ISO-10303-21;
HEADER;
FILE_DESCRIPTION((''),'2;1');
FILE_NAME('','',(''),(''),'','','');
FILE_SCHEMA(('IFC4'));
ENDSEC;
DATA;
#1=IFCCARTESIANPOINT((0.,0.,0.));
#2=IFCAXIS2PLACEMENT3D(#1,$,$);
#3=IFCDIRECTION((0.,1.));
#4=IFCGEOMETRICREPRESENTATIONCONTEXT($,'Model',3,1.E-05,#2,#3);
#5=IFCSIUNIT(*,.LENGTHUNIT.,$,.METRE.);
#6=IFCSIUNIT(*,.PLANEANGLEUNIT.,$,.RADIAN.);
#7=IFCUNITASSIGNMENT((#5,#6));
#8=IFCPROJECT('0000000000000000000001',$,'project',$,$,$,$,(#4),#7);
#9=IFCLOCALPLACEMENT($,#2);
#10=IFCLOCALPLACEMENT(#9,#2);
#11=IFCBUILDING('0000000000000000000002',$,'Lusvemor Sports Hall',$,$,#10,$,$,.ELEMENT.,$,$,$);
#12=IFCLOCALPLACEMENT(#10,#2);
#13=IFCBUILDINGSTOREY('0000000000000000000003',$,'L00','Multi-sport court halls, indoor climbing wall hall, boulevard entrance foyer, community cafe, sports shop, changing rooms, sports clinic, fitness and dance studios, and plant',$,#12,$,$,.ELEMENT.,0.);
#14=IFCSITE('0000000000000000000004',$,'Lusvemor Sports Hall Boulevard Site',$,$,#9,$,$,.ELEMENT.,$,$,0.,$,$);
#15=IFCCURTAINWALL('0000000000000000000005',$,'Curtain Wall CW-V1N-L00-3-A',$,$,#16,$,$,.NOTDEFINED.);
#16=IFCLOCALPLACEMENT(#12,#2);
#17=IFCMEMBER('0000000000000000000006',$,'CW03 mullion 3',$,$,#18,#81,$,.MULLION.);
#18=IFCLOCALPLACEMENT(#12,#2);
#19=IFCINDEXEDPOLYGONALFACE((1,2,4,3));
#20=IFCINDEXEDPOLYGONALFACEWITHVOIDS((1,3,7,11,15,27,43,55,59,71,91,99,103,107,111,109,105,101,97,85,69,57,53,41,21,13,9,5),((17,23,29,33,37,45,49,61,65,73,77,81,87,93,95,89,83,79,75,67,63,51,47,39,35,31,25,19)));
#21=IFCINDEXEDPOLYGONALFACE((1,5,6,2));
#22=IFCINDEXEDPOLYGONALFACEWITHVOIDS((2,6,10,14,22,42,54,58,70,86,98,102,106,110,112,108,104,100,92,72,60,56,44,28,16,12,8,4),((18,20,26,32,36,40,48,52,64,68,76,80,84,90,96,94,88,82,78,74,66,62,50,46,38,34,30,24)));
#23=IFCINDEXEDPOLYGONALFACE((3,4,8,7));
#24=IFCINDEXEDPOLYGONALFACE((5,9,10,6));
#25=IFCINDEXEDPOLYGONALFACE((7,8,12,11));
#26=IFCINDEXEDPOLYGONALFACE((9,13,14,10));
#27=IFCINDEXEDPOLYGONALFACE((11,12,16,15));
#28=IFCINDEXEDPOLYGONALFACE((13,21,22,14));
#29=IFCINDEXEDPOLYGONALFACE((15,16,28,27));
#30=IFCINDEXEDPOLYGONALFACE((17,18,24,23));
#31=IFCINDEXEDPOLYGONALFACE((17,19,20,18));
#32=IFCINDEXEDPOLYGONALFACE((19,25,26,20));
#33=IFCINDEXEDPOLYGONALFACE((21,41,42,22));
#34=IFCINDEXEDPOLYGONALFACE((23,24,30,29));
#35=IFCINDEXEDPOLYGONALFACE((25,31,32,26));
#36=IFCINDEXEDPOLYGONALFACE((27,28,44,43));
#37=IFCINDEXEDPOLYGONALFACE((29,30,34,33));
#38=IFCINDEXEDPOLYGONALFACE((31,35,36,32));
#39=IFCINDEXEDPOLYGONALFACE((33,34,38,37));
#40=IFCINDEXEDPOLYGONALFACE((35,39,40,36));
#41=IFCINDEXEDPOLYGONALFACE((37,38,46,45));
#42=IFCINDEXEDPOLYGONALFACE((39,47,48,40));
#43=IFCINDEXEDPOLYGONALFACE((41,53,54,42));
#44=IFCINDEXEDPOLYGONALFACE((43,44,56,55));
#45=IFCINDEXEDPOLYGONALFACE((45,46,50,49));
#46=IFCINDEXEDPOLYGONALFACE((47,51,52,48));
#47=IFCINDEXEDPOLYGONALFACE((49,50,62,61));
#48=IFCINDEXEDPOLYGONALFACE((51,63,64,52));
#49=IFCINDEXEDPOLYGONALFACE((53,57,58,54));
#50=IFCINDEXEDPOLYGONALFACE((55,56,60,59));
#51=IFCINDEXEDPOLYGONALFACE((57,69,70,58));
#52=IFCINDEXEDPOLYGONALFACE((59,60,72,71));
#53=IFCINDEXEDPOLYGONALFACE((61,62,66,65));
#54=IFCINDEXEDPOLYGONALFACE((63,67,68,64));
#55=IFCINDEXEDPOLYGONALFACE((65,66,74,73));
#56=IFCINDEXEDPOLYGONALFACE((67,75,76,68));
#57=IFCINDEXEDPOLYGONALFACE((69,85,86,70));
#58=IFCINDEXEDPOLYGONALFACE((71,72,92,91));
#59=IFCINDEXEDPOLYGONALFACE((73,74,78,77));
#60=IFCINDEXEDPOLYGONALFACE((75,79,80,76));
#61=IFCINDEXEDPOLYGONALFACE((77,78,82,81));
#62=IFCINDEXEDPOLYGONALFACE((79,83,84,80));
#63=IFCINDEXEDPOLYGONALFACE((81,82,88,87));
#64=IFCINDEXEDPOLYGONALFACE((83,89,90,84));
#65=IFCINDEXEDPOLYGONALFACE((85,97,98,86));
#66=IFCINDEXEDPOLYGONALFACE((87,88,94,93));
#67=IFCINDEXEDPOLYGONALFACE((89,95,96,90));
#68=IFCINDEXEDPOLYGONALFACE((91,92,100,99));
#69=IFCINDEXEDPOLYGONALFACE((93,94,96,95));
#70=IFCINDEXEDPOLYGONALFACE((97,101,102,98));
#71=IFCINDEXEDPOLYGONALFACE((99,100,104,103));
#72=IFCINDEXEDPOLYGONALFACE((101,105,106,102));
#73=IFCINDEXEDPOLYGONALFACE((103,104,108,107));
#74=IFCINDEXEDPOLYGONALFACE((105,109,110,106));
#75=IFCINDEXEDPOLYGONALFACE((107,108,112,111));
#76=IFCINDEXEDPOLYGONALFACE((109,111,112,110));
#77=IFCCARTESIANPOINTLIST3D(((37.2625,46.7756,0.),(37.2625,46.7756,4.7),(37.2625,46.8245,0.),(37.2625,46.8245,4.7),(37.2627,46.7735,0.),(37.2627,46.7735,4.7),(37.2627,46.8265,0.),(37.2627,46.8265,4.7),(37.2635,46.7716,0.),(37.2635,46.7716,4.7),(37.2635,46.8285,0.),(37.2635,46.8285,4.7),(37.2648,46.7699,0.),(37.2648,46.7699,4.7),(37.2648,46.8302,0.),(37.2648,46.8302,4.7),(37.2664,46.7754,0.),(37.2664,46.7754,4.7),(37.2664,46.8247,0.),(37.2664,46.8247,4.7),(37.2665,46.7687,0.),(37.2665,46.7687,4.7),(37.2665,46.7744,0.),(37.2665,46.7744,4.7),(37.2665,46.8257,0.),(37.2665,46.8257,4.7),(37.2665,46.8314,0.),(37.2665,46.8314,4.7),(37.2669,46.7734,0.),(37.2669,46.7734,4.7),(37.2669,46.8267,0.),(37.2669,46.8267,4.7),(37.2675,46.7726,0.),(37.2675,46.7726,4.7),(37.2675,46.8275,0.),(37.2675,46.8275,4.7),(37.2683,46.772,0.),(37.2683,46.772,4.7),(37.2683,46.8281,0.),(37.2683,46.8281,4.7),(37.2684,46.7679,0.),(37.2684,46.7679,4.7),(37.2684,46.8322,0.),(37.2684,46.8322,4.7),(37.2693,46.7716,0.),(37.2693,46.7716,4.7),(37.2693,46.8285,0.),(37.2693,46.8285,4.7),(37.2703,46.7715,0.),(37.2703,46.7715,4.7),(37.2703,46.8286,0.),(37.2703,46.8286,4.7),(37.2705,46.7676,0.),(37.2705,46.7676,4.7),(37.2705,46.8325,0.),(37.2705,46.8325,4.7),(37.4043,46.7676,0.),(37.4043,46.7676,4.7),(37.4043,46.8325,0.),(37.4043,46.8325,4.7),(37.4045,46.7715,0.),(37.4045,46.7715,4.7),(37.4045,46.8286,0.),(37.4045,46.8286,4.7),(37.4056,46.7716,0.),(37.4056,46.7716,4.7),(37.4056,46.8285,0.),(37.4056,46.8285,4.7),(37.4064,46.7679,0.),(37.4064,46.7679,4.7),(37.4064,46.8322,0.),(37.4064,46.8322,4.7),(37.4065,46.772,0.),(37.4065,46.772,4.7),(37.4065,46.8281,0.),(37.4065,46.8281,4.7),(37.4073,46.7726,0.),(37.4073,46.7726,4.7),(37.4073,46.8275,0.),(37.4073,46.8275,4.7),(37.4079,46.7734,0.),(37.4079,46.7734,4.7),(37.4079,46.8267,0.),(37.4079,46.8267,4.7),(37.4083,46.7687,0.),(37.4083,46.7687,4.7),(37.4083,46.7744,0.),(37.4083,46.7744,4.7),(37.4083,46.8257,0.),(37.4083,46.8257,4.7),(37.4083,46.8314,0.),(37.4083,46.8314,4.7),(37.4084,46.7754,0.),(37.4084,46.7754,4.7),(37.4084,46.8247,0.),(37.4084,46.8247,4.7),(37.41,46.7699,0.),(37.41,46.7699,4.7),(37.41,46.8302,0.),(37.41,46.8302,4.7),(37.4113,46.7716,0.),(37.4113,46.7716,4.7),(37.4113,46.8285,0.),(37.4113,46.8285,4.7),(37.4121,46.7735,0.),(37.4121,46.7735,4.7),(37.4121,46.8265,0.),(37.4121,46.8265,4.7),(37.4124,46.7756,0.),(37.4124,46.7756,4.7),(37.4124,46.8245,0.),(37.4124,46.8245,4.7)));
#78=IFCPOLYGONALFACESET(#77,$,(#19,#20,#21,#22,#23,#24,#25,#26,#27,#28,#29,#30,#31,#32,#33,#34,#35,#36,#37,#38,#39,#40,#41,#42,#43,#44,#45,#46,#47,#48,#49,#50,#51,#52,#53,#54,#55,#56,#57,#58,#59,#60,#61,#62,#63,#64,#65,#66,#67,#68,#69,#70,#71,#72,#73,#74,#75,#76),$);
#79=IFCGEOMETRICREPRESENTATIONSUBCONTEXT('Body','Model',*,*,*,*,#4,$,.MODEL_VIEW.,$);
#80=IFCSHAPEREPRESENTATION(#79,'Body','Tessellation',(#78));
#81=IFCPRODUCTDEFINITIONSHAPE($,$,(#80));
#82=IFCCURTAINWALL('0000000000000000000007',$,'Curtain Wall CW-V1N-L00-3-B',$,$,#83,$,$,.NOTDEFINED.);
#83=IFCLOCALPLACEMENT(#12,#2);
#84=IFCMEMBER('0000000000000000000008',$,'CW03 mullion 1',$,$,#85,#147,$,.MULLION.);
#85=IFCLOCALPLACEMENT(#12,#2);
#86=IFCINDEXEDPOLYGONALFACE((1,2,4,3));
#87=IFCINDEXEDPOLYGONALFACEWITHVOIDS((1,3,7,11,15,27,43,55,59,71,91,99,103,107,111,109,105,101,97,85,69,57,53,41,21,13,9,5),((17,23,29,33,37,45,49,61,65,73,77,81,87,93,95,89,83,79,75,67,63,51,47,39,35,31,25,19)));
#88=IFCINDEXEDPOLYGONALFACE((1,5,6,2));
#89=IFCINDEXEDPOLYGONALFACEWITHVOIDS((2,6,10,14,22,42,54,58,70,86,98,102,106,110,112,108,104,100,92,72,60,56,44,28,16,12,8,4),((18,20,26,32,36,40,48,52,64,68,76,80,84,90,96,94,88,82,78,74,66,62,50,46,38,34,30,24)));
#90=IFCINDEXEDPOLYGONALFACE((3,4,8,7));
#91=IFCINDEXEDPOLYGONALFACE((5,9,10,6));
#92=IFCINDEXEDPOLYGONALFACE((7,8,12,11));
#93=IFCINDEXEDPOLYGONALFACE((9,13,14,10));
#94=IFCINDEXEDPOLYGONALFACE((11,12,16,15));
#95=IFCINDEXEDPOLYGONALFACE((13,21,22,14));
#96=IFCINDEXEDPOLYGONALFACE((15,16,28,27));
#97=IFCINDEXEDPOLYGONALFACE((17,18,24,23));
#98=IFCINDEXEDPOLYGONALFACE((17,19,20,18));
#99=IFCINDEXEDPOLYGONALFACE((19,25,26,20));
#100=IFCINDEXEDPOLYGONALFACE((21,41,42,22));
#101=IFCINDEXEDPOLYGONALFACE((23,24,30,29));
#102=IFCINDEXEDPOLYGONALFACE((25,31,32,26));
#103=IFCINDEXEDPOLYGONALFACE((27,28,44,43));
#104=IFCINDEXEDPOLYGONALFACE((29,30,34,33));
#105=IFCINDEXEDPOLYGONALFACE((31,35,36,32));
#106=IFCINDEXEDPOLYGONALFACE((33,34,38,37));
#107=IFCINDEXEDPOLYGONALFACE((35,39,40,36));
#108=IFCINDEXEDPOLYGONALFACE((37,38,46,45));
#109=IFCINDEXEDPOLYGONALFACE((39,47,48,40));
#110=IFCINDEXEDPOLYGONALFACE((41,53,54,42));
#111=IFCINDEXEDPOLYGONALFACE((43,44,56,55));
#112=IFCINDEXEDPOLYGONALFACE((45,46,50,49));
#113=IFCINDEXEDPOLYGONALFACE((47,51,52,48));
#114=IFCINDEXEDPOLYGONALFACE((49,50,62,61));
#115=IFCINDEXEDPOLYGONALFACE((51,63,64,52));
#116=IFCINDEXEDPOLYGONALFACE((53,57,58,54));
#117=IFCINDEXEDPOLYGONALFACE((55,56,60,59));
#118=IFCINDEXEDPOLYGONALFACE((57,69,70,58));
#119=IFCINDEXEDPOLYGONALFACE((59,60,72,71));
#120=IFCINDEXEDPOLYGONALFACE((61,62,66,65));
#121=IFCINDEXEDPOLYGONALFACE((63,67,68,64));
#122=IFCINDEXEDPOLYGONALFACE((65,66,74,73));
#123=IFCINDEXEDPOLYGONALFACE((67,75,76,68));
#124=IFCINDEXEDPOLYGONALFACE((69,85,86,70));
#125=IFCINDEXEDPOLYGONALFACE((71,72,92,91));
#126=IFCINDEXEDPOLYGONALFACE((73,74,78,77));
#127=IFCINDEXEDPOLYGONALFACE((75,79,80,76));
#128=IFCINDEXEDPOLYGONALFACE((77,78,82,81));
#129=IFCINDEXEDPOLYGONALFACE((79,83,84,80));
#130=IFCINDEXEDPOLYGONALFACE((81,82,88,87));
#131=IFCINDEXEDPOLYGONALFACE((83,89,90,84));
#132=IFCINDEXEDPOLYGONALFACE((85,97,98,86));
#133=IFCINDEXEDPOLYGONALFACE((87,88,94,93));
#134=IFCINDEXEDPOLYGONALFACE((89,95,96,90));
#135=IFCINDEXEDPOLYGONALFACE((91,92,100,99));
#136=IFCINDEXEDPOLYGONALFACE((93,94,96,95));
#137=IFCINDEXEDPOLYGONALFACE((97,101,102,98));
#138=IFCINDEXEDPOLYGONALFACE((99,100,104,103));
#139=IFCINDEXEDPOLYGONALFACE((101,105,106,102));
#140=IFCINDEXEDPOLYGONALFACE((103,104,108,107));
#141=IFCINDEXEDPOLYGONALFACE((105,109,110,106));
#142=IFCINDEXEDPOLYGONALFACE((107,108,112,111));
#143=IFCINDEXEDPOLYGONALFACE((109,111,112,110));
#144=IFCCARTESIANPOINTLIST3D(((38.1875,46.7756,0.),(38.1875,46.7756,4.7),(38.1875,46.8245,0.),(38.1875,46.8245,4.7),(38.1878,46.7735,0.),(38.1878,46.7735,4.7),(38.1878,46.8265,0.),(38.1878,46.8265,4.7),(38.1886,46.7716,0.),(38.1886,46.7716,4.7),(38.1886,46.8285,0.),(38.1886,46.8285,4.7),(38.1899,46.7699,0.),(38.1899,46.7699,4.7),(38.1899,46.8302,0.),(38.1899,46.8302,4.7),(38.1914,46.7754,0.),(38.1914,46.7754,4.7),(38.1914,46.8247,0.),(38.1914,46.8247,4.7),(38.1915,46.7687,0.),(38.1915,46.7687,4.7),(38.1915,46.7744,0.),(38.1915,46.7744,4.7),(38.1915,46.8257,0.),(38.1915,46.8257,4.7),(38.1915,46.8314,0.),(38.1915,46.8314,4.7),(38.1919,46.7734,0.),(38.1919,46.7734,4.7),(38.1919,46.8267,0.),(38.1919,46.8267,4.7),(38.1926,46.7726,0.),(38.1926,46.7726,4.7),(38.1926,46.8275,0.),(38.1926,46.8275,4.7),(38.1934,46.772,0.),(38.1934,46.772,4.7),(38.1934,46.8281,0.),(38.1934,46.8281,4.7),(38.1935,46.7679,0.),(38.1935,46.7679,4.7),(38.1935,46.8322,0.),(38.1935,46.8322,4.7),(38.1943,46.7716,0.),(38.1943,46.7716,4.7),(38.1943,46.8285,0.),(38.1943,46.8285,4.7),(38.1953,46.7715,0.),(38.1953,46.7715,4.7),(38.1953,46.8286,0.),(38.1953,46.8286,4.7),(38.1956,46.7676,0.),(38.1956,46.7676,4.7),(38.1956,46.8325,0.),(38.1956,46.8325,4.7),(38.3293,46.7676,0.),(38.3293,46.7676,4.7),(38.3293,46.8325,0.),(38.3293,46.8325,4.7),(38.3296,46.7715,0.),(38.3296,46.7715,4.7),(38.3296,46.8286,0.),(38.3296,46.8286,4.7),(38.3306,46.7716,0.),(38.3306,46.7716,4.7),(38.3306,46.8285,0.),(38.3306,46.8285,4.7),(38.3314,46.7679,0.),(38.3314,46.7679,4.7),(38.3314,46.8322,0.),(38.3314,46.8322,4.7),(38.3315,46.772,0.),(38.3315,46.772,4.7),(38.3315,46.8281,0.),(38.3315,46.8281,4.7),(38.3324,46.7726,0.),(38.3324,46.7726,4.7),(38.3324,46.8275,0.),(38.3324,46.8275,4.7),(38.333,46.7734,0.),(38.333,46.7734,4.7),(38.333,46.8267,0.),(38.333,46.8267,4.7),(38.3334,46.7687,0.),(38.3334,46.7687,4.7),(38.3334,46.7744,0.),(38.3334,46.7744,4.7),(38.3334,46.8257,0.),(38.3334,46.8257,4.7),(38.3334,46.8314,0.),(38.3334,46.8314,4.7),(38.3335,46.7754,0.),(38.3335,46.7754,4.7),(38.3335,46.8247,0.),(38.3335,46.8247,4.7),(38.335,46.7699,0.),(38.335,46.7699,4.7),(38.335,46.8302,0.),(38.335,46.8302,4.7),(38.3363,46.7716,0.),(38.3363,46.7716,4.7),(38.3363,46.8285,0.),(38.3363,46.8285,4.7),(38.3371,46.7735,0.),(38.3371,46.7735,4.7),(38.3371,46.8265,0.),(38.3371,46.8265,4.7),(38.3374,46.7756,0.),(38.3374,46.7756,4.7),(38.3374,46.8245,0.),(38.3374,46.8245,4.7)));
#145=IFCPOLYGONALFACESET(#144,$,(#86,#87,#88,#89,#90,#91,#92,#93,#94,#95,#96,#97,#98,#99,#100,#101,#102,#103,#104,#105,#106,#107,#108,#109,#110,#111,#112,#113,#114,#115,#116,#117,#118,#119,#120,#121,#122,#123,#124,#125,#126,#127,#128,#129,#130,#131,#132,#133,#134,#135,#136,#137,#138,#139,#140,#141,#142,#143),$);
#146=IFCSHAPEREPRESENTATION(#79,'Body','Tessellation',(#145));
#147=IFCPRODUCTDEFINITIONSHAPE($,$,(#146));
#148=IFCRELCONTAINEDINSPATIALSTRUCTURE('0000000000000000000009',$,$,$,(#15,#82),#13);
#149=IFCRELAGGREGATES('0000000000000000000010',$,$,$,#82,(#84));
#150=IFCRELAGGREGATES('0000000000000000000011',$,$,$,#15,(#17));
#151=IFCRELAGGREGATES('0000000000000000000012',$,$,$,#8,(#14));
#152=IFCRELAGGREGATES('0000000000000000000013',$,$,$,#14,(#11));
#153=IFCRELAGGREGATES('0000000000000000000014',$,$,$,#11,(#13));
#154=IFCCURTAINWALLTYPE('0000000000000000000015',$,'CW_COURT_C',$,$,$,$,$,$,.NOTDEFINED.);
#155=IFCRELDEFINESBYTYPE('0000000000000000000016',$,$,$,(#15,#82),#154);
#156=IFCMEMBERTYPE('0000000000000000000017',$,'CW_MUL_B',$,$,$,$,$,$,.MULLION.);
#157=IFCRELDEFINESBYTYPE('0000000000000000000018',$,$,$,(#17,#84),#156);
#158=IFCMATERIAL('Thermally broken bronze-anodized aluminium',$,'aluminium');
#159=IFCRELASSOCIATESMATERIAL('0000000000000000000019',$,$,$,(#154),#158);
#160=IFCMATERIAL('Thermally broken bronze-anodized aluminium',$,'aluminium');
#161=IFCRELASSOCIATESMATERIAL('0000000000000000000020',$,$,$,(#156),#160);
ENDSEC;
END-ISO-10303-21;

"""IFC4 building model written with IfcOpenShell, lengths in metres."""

from ifc_helpers import new_model, si_unit, direction, frame, origin, origin_2d, place, context, subcontext, project, spatial, hollow_rectangle, extrude, material, material_profile, profile_set, type_object, element, aggregate, save


model = new_model("IFC4")

# Units and contexts
model_context = context("Model", 3, precision=1e-05, world=origin(), true_north=direction((0.0, 1.0)))
body_context = subcontext(model_context, "Body", "Model", "MODEL_VIEW")
ifc_project = project(units=[si_unit("LENGTHUNIT", "METRE"), si_unit("PLANEANGLEUNIT", "RADIAN")], contexts=[model_context])

# Site, building, storey
site_placement = place(None, origin())
site = spatial("IfcSite", under=ifc_project, at=site_placement, Name="Lusvemor Sports Hall Boulevard Site", CompositionType="ELEMENT", RefElevation=0.0)
building_placement = place(site_placement, origin())
building = spatial("IfcBuilding", under=site, at=building_placement, Name="Lusvemor Sports Hall", CompositionType="ELEMENT")
storey_placement = place(building_placement, origin())
storey = spatial("IfcBuildingStorey", under=building, at=storey_placement, Name="L00", Description="Multi-sport court halls, indoor climbing wall hall, boulevard entrance foyer, community cafe, sports shop, changing rooms, sports clinic, fitness and dance studios, and plant", CompositionType="ELEMENT", Elevation=0.0)

# Curtain wall, member
ifc_material_1 = material(Name="Thermally broken bronze-anodized aluminium", Category="aluminium")
curtain_wall_type = type_object("IfcCurtainWallType", Name="CW_COURT_C", PredefinedType="NOTDEFINED", material=ifc_material_1)
curtain_wall_1_placement = place(storey_placement, origin())
curtain_wall_1 = element("IfcCurtainWall", 1, at=curtain_wall_1_placement, inside=storey, type_object=curtain_wall_type, Name="Curtain Wall CW-V1N-L00-3-A", PredefinedType="NOTDEFINED")
ifc_material_2 = material(Name="Thermally broken bronze-anodized aluminium", Category="aluminium")
ifc_material_profile_1 = material_profile(ifc_material_2, hollow_rectangle(XDim=0.0649, YDim=0.1499, WallThickness=0.0039, InnerFilletRadius=0.0039, OuterFilletRadius=0.0081, at=origin_2d()), Name="CWMUL150x65x4")
ifc_profile_set_1 = profile_set([ifc_material_profile_1], Name="Thermally broken bronze-anodized aluminium")
member_type_1 = type_object("IfcMemberType", Name="CW_MUL_B", PredefinedType="MULLION", material=ifc_profile_set_1)
member_1_placement = place(storey_placement, frame((37.3374, 46.8, 0.0), z_axis=(0.0, 0.0, 1.0), x_axis=(0.0, 1.0, 0.0)))
member_1 = element("IfcMember", 2, at=member_1_placement, type_object=member_type_1, Name="CW03 mullion 3", PredefinedType="MULLION", context=body_context, shape_type="SweptSolid", body=[
    extrude(hollow_rectangle(XDim=0.0649, YDim=0.1499, WallThickness=0.0039, InnerFilletRadius=0.0039, OuterFilletRadius=0.0081, at=origin_2d()), origin(), (0.0, 0.0, 1.0), 4.7),
])

# Curtain wall, member
curtain_wall_2_placement = place(storey_placement, origin())
curtain_wall_2 = element("IfcCurtainWall", 3, at=curtain_wall_2_placement, inside=storey, type_object=curtain_wall_type, Name="Curtain Wall CW-V1N-L00-3-B", PredefinedType="NOTDEFINED")
member_2_placement = place(storey_placement, frame((38.2625, 46.8, 0.0), z_axis=(0.0, 0.0, 1.0), x_axis=(0.0, 1.0, 0.0)))
member_2 = element("IfcMember", 4, at=member_2_placement, type_object=member_type_1, Name="CW03 mullion 1", PredefinedType="MULLION", context=body_context, shape_type="SweptSolid", body=[
    extrude(hollow_rectangle(XDim=0.0649, YDim=0.1499, WallThickness=0.0039, InnerFilletRadius=0.0039, OuterFilletRadius=0.0081, at=origin_2d()), origin(), (0.0, 0.0, 1.0), 4.7),
])

aggregate(curtain_wall_2, [member_2])

aggregate(curtain_wall_1, [member_1])

save(model, "model.ifc")
